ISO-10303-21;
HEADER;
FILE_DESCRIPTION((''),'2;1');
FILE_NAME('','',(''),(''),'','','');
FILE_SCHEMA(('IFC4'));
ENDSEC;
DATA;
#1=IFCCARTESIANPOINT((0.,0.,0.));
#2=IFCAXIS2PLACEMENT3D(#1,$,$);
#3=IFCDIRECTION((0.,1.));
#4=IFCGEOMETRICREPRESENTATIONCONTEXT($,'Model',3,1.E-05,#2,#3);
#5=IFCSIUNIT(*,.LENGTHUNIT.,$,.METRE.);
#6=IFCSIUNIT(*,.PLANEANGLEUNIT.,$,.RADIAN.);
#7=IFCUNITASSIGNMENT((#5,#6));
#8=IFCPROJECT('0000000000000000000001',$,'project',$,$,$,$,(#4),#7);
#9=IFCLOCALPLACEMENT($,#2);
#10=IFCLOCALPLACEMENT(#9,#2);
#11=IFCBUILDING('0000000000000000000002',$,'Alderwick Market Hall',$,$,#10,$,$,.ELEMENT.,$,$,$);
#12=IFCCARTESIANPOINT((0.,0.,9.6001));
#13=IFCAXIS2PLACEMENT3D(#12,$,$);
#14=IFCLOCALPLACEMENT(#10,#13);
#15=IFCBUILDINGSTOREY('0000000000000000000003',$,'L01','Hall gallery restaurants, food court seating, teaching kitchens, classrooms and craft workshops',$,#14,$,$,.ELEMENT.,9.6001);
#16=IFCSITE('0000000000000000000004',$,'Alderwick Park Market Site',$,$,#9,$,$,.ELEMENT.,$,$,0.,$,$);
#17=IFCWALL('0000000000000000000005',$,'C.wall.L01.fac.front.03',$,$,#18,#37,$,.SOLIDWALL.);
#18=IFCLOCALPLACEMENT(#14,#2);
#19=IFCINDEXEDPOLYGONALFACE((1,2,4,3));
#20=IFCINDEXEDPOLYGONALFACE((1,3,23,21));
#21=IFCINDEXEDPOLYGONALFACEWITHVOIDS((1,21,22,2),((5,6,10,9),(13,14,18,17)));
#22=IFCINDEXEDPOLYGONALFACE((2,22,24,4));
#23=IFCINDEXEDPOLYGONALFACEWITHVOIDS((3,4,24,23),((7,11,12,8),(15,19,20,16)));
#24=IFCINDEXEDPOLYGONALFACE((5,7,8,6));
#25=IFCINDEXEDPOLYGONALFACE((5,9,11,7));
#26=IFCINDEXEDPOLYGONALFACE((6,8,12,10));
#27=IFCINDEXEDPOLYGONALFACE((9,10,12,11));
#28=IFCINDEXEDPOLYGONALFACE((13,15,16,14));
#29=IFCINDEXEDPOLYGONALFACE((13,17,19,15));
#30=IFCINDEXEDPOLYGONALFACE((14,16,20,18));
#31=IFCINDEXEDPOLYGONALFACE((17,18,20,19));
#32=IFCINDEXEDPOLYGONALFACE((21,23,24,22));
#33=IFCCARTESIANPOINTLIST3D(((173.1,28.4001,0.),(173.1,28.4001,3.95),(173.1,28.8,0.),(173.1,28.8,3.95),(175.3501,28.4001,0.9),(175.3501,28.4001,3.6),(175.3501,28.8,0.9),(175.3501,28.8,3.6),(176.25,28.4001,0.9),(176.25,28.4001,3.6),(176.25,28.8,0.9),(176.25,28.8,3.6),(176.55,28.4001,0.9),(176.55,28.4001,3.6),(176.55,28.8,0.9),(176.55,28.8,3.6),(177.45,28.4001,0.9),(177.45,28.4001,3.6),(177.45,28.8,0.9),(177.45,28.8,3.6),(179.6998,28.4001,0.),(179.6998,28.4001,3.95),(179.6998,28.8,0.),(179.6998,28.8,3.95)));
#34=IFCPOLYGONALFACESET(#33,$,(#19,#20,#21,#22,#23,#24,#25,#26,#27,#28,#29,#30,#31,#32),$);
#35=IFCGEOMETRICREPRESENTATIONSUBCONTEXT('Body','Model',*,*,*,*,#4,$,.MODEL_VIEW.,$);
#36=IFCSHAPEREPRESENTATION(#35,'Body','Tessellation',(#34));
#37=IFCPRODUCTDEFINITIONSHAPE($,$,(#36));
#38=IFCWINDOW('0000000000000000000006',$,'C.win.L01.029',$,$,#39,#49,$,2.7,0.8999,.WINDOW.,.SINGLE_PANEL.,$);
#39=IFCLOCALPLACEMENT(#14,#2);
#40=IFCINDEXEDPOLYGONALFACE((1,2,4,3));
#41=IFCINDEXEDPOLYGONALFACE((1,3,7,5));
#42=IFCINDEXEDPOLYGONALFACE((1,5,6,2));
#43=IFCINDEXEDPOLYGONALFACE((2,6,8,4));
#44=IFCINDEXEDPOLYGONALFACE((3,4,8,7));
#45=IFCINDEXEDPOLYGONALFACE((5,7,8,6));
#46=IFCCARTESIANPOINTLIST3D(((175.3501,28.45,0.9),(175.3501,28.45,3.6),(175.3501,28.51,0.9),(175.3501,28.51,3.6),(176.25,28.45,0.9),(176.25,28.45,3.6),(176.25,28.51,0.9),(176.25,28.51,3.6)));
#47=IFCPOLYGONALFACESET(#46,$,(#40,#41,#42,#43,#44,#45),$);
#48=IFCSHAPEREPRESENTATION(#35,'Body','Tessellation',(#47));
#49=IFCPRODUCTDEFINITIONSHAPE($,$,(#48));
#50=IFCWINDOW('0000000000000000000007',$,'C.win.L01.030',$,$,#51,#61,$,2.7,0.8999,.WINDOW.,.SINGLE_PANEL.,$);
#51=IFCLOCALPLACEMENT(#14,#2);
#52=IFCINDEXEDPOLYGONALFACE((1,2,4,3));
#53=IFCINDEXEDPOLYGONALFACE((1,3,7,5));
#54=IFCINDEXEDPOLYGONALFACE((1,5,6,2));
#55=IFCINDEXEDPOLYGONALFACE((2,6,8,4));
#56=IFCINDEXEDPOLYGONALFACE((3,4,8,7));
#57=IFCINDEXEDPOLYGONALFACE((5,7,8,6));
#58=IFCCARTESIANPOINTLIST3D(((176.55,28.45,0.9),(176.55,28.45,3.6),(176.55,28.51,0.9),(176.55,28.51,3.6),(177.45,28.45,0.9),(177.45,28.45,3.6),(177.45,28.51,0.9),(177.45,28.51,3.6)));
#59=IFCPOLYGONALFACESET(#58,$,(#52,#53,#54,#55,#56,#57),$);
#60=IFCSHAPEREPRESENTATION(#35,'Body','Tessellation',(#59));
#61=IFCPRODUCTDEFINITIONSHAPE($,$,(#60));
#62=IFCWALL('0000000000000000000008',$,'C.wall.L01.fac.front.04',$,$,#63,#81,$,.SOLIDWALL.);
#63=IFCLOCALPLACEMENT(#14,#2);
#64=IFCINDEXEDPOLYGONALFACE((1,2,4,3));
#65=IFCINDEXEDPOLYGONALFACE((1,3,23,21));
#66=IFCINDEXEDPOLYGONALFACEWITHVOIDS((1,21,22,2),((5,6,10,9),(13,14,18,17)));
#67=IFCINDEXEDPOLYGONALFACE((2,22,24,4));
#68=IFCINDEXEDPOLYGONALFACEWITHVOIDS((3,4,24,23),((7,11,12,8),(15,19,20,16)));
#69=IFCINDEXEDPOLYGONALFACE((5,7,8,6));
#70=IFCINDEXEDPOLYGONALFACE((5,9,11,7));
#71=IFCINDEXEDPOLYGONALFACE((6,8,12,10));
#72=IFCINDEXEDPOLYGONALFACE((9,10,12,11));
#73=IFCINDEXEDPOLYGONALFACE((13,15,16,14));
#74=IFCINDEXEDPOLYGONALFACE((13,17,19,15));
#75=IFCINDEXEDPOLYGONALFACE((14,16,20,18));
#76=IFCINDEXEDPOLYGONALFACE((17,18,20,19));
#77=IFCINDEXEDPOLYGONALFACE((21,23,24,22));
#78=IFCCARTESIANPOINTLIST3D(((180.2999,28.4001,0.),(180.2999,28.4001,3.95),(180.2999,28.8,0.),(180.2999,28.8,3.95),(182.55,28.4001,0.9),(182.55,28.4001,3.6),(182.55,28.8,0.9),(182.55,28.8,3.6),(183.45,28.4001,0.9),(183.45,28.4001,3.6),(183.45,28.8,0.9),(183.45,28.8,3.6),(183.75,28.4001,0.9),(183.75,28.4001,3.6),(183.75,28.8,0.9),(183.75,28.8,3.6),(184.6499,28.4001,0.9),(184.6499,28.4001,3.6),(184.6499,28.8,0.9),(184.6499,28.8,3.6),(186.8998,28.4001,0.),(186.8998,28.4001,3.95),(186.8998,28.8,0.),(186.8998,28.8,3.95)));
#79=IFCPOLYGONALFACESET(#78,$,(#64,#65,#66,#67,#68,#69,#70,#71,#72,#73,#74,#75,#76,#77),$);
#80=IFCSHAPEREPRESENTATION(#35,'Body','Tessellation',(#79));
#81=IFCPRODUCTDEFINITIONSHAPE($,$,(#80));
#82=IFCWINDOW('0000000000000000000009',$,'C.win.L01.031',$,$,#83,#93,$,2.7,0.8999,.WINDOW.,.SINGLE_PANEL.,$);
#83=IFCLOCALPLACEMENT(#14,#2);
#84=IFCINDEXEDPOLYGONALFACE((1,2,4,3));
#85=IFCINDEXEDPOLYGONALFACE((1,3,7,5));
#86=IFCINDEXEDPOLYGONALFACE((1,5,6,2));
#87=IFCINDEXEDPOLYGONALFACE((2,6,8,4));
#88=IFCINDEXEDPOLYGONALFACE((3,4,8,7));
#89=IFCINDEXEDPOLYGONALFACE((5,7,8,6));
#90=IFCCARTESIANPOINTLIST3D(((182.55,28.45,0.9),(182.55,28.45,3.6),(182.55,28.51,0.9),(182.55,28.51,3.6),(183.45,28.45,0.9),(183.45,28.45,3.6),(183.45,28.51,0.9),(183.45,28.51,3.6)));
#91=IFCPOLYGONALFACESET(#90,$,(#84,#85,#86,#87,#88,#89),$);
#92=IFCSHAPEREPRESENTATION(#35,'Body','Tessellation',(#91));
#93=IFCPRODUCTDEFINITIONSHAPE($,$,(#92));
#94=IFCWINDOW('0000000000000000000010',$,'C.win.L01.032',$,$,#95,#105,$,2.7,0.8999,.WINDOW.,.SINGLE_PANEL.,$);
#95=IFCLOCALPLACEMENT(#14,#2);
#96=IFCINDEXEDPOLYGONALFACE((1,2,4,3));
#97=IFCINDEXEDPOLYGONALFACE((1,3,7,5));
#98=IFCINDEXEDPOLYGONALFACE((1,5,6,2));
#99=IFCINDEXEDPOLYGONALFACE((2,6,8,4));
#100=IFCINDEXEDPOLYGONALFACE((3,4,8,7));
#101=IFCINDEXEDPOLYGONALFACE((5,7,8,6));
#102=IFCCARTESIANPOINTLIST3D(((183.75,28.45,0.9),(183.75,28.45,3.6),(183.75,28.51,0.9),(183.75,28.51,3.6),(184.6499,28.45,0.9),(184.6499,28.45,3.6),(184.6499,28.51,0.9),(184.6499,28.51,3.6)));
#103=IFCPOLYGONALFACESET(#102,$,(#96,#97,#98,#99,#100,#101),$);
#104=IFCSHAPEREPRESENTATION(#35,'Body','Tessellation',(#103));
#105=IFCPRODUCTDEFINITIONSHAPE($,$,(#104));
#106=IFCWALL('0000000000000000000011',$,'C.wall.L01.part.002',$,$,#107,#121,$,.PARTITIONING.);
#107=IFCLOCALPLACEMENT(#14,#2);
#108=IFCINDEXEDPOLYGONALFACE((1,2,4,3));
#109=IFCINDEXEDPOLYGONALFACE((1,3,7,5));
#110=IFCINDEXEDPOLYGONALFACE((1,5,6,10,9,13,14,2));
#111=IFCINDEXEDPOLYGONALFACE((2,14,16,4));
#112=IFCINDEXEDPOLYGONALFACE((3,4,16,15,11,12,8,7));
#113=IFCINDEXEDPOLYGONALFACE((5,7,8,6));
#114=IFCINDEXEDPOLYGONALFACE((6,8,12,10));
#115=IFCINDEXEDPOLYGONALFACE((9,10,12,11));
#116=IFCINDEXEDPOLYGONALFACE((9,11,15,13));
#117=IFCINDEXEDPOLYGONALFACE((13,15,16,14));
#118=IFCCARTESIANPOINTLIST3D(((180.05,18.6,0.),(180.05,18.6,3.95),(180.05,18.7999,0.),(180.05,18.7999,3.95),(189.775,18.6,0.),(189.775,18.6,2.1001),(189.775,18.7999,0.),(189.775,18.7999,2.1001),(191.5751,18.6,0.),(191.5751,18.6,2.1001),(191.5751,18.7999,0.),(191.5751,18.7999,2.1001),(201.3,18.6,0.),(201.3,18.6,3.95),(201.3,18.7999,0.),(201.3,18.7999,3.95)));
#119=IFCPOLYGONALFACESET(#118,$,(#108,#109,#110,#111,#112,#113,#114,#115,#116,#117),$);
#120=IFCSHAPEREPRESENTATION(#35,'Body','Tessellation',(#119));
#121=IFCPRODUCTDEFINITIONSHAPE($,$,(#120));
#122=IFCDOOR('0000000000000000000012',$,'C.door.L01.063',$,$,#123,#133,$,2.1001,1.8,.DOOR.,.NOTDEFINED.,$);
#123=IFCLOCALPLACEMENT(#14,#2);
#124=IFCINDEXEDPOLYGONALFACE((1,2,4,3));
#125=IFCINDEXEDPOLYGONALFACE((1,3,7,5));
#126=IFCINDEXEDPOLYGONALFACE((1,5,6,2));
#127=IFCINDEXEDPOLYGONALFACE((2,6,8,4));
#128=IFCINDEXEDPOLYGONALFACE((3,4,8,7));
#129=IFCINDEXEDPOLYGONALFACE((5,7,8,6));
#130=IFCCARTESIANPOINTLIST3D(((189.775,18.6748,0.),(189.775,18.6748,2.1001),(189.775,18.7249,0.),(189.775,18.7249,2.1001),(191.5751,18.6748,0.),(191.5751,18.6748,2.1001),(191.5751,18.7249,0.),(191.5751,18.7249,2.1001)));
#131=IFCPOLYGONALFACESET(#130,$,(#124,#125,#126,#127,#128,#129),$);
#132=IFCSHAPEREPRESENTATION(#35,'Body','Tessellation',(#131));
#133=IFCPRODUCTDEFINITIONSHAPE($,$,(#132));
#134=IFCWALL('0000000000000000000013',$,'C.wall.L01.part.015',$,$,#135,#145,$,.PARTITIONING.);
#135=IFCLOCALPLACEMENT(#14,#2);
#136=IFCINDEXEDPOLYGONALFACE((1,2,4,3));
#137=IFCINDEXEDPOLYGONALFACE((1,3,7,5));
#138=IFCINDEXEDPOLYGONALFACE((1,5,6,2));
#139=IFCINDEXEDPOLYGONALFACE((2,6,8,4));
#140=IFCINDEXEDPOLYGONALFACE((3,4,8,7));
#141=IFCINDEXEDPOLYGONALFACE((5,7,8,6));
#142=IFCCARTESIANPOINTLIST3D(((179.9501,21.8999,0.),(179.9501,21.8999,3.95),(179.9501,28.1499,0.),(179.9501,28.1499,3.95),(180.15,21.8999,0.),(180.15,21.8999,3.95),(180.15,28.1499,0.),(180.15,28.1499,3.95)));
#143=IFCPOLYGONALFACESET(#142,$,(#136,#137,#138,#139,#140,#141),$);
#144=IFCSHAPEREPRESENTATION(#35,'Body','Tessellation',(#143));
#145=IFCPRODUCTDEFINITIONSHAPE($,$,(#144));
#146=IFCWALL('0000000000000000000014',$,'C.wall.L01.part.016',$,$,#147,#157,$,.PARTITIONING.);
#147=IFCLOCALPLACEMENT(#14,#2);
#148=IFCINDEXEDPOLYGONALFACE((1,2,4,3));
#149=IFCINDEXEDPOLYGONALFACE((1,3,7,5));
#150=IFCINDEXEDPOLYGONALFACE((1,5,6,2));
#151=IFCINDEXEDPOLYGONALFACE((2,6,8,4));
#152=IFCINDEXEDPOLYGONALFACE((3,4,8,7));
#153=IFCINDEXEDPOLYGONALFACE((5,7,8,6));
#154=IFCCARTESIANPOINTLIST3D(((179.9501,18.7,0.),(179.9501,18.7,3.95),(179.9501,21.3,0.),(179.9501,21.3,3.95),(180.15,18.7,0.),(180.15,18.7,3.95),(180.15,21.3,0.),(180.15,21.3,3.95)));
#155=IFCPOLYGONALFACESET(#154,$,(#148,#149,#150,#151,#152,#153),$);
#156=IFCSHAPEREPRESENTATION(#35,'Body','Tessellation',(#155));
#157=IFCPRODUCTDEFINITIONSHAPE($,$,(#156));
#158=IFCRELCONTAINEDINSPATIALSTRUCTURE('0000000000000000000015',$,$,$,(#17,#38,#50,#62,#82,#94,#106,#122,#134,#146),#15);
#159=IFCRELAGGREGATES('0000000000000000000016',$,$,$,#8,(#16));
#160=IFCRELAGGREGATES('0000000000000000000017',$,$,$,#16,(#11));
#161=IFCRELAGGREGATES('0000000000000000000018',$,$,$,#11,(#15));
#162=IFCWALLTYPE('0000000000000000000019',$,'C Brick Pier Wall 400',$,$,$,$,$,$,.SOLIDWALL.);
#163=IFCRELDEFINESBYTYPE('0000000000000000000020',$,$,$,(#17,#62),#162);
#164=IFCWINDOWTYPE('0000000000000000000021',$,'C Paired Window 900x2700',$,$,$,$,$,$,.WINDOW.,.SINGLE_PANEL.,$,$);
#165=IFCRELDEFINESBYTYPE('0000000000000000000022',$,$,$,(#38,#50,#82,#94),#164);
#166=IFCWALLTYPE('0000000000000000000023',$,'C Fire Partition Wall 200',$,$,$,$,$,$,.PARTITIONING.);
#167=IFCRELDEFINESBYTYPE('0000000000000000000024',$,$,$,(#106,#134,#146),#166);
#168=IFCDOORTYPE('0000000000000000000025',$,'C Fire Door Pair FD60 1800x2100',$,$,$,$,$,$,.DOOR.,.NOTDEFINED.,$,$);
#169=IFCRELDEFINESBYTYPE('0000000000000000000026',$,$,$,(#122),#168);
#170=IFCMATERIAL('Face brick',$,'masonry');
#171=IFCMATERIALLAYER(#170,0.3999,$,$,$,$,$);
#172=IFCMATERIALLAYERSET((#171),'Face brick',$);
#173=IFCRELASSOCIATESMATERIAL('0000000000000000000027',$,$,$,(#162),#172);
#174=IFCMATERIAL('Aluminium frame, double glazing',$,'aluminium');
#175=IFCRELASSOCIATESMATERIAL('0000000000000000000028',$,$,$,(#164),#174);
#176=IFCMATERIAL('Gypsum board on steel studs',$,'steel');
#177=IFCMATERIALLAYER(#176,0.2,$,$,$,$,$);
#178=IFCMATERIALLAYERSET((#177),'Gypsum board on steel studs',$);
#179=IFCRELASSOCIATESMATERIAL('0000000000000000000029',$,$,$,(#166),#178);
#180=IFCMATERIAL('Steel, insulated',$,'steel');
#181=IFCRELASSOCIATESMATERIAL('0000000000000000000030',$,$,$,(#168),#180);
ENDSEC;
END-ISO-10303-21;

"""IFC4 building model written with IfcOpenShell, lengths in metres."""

from ifc_helpers import new_model, si_unit, direction, frame, frame_2d, origin, place, context, subcontext, project, spatial, rectangle, extrude, material, layer, layer_set, type_object, element, fill, save


model = new_model("IFC4")

# Units and contexts
model_context = context("Model", 3, precision=1e-05, world=origin(), true_north=direction((0.0, 1.0)))
body_context = subcontext(model_context, "Body", "Model", "MODEL_VIEW")
ifc_project = project(units=[si_unit("LENGTHUNIT", "METRE"), si_unit("PLANEANGLEUNIT", "RADIAN")], contexts=[model_context])

# Site, building, storey
site_placement = place(None, origin())
site = spatial("IfcSite", under=ifc_project, at=site_placement, Name="Alderwick Park Market Site", CompositionType="ELEMENT", RefElevation=0.0)
building_placement = place(site_placement, origin())
building = spatial("IfcBuilding", under=site, at=building_placement, Name="Alderwick Market Hall", CompositionType="ELEMENT")
storey_placement = place(building_placement, frame((0.0, 0.0, 9.6001)))
storey = spatial("IfcBuildingStorey", under=building, at=storey_placement, Name="L01", Description="Hall gallery restaurants, food court seating, teaching kitchens, classrooms and craft workshops", CompositionType="ELEMENT", Elevation=9.6001)

# Walls, openings, windows
ifc_material_1 = material(Name="Face brick", Category="masonry")
ifc_layer_1 = layer(ifc_material_1, 0.3999)
ifc_layer_set_1 = layer_set([ifc_layer_1], Name="Face brick")
wall_type_1 = type_object("IfcWallType", Name="C Brick Pier Wall 400", PredefinedType="SOLIDWALL", material=ifc_layer_set_1)
wall_1_placement = place(storey_placement, frame((173.1001, 28.6001, 0.0), z_axis=(0.0, 0.0, 1.0), x_axis=(1.0, 0.0, 0.0)))
wall_1 = element("IfcWall", 1, at=wall_1_placement, inside=storey, type_object=wall_type_1, Name="C.wall.L01.fac.front.03", PredefinedType="SOLIDWALL", context=body_context, shape_type="SweptSolid", body=[
    extrude(rectangle(XDim=6.5999, YDim=0.3999, at=frame_2d((3.2998, 0.0))), origin(), (0.0, 0.0, 1.0), 3.95),
])
opening_1_placement = place(wall_1_placement, frame((2.25, 0.0, 0.8999)))
opening_1 = element("IfcOpeningElement", 2, at=opening_1_placement, cuts=wall_1, PredefinedType="OPENING", context=body_context, shape_type="SweptSolid", body=[
    extrude(rectangle(XDim=0.8999, YDim=2.7, at=frame_2d((0.45, 1.3501))), frame((0.0, 0.21, 0.0), z_axis=(0.0, -1.0, 0.0), x_axis=(1.0, 0.0, 0.0)), (0.0, 0.0, 1.0), 0.4199),
])
opening_2_placement = place(wall_1_placement, frame((3.45, 0.0, 0.8999)))
opening_2 = element("IfcOpeningElement", 3, at=opening_2_placement, cuts=wall_1, PredefinedType="OPENING", context=body_context, shape_type="SweptSolid", body=[
    extrude(rectangle(XDim=0.8999, YDim=2.7, at=frame_2d((0.45, 1.3501))), frame((0.0, 0.21, 0.0), z_axis=(0.0, -1.0, 0.0), x_axis=(1.0, 0.0, 0.0)), (0.0, 0.0, 1.0), 0.4199),
])
ifc_material_2 = material(Name="Aluminium frame, double glazing", Category="aluminium")
window_type = type_object("IfcWindowType", Name="C Paired Window 900x2700", PartitioningType="SINGLE_PANEL", PredefinedType="WINDOW", material=ifc_material_2)
window_1_placement = place(opening_1_placement, origin())
window_1 = element("IfcWindow", 4, at=window_1_placement, inside=storey, type_object=window_type, Name="C.win.L01.029", OverallHeight=2.7, OverallWidth=0.8999, PartitioningType="SINGLE_PANEL", PredefinedType="WINDOW", context=body_context, shape_type="SweptSolid", body=[
    extrude(rectangle(XDim=0.8999, YDim=2.7, at=frame_2d((0.45, 1.3501))), frame((0.0, -0.0901, 0.0), z_axis=(0.0, -1.0, 0.0), x_axis=(1.0, 0.0, 0.0)), (0.0, 0.0, 1.0), 0.0601),
])
fill(opening_1, window_1)
window_2_placement = place(opening_2_placement, origin())
window_2 = element("IfcWindow", 5, at=window_2_placement, inside=storey, type_object=window_type, Name="C.win.L01.030", OverallHeight=2.7, OverallWidth=0.8999, PartitioningType="SINGLE_PANEL", PredefinedType="WINDOW", context=body_context, shape_type="SweptSolid", body=[
    extrude(rectangle(XDim=0.8999, YDim=2.7, at=frame_2d((0.45, 1.3501))), frame((0.0, -0.0901, 0.0), z_axis=(0.0, -1.0, 0.0), x_axis=(1.0, 0.0, 0.0)), (0.0, 0.0, 1.0), 0.0601),
])
fill(opening_2, window_2)
wall_2_placement = place(storey_placement, frame((180.3, 28.6001, 0.0), z_axis=(0.0, 0.0, 1.0), x_axis=(1.0, 0.0, 0.0)))
wall_2 = element("IfcWall", 6, at=wall_2_placement, inside=storey, type_object=wall_type_1, Name="C.wall.L01.fac.front.04", PredefinedType="SOLIDWALL", context=body_context, shape_type="SweptSolid", body=[
    extrude(rectangle(XDim=6.5999, YDim=0.3999, at=frame_2d((3.2998, 0.0))), origin(), (0.0, 0.0, 1.0), 3.95),
])
opening_3_placement = place(wall_2_placement, frame((2.25, 0.0, 0.8999)))
opening_3 = element("IfcOpeningElement", 7, at=opening_3_placement, cuts=wall_2, PredefinedType="OPENING", context=body_context, shape_type="SweptSolid", body=[
    extrude(rectangle(XDim=0.8999, YDim=2.7, at=frame_2d((0.45, 1.3501))), frame((0.0, 0.21, 0.0), z_axis=(0.0, -1.0, 0.0), x_axis=(1.0, 0.0, 0.0)), (0.0, 0.0, 1.0), 0.4199),
])
opening_4_placement = place(wall_2_placement, frame((3.45, 0.0, 0.8999)))
opening_4 = element("IfcOpeningElement", 8, at=opening_4_placement, cuts=wall_2, PredefinedType="OPENING", context=body_context, shape_type="SweptSolid", body=[
    extrude(rectangle(XDim=0.8999, YDim=2.7, at=frame_2d((0.45, 1.3501))), frame((0.0, 0.21, 0.0), z_axis=(0.0, -1.0, 0.0), x_axis=(1.0, 0.0, 0.0)), (0.0, 0.0, 1.0), 0.4199),
])
window_3_placement = place(opening_3_placement, origin())
window_3 = element("IfcWindow", 9, at=window_3_placement, inside=storey, type_object=window_type, Name="C.win.L01.031", OverallHeight=2.7, OverallWidth=0.8999, PartitioningType="SINGLE_PANEL", PredefinedType="WINDOW", context=body_context, shape_type="SweptSolid", body=[
    extrude(rectangle(XDim=0.8999, YDim=2.7, at=frame_2d((0.45, 1.3501))), frame((0.0, -0.0901, 0.0), z_axis=(0.0, -1.0, 0.0), x_axis=(1.0, 0.0, 0.0)), (0.0, 0.0, 1.0), 0.0601),
])
fill(opening_3, window_3)
window_4_placement = place(opening_4_placement, origin())
window_4 = element("IfcWindow", 10, at=window_4_placement, inside=storey, type_object=window_type, Name="C.win.L01.032", OverallHeight=2.7, OverallWidth=0.8999, PartitioningType="SINGLE_PANEL", PredefinedType="WINDOW", context=body_context, shape_type="SweptSolid", body=[
    extrude(rectangle(XDim=0.8999, YDim=2.7, at=frame_2d((0.45, 1.3501))), frame((0.0, -0.0901, 0.0), z_axis=(0.0, -1.0, 0.0), x_axis=(1.0, 0.0, 0.0)), (0.0, 0.0, 1.0), 0.0601),
])
fill(opening_4, window_4)

# Wall, opening, door
ifc_material_3 = material(Name="Gypsum board on steel studs", Category="steel")
ifc_layer_2 = layer(ifc_material_3, 0.2)
ifc_layer_set_2 = layer_set([ifc_layer_2], Name="Gypsum board on steel studs")
wall_type_2 = type_object("IfcWallType", Name="C Fire Partition Wall 200", PredefinedType="PARTITIONING", material=ifc_layer_set_2)
wall_3_placement = place(storey_placement, frame((180.05, 18.7, 0.0), z_axis=(0.0, 0.0, 1.0), x_axis=(1.0, 0.0, 0.0)))
wall_3 = element("IfcWall", 11, at=wall_3_placement, inside=storey, type_object=wall_type_2, Name="C.wall.L01.part.002", PredefinedType="PARTITIONING", context=body_context, shape_type="SweptSolid", body=[
    extrude(rectangle(XDim=21.25, YDim=0.2, at=frame_2d((10.625, 0.0))), origin(), (0.0, 0.0, 1.0), 3.95),
])
opening_5_placement = place(wall_3_placement, frame((9.7251, 0.0, 0.0)))
opening_5 = element("IfcOpeningElement", 12, at=opening_5_placement, cuts=wall_3, PredefinedType="OPENING", context=body_context, shape_type="SweptSolid", body=[
    extrude(rectangle(XDim=1.8, YDim=2.1001, at=frame_2d((0.8999, 1.05))), frame((0.0, 0.1099, 0.0), z_axis=(0.0, -1.0, 0.0), x_axis=(1.0, 0.0, 0.0)), (0.0, 0.0, 1.0), 0.22),
])
ifc_material_4 = material(Name="Steel, insulated", Category="steel")
door_type_1 = type_object("IfcDoorType", Name="C Fire Door Pair FD60 1800x2100", OperationType="NOTDEFINED", PredefinedType="DOOR", material=ifc_material_4)
door_1_placement = place(opening_5_placement, origin())
door_1 = element("IfcDoor", 13, at=door_1_placement, inside=storey, type_object=door_type_1, Name="C.door.L01.063", OperationType="NOTDEFINED", OverallHeight=2.1001, OverallWidth=1.8, PredefinedType="DOOR", context=body_context, shape_type="SweptSolid", body=[
    extrude(rectangle(XDim=1.8, YDim=2.1001, at=frame_2d((0.8999, 1.05))), frame((0.0, 0.0249, 0.0), z_axis=(0.0, -1.0, 0.0), x_axis=(1.0, 0.0, 0.0)), (0.0, 0.0, 1.0), 0.05),
])
fill(opening_5, door_1)

# Walls
wall_4_placement = place(storey_placement, frame((180.05, 28.1499, 0.0), z_axis=(0.0, 0.0, 1.0), x_axis=(0.0, -1.0, 0.0)))
element("IfcWall", 14, at=wall_4_placement, inside=storey, type_object=wall_type_2, Name="C.wall.L01.part.015", PredefinedType="PARTITIONING", context=body_context, shape_type="SweptSolid", body=[
    extrude(rectangle(XDim=6.25, YDim=0.2, at=frame_2d((3.125, 0.0))), origin(), (0.0, 0.0, 1.0), 3.95),
])
wall_5_placement = place(storey_placement, frame((180.05, 21.3, 0.0), z_axis=(0.0, 0.0, 1.0), x_axis=(0.0, -1.0, 0.0)))
element("IfcWall", 15, at=wall_5_placement, inside=storey, type_object=wall_type_2, Name="C.wall.L01.part.016", PredefinedType="PARTITIONING", context=body_context, shape_type="SweptSolid", body=[
    extrude(rectangle(XDim=2.6001, YDim=0.2, at=frame_2d((1.3, 0.0))), origin(), (0.0, 0.0, 1.0), 3.95),
])

save(model, "model.ifc")
